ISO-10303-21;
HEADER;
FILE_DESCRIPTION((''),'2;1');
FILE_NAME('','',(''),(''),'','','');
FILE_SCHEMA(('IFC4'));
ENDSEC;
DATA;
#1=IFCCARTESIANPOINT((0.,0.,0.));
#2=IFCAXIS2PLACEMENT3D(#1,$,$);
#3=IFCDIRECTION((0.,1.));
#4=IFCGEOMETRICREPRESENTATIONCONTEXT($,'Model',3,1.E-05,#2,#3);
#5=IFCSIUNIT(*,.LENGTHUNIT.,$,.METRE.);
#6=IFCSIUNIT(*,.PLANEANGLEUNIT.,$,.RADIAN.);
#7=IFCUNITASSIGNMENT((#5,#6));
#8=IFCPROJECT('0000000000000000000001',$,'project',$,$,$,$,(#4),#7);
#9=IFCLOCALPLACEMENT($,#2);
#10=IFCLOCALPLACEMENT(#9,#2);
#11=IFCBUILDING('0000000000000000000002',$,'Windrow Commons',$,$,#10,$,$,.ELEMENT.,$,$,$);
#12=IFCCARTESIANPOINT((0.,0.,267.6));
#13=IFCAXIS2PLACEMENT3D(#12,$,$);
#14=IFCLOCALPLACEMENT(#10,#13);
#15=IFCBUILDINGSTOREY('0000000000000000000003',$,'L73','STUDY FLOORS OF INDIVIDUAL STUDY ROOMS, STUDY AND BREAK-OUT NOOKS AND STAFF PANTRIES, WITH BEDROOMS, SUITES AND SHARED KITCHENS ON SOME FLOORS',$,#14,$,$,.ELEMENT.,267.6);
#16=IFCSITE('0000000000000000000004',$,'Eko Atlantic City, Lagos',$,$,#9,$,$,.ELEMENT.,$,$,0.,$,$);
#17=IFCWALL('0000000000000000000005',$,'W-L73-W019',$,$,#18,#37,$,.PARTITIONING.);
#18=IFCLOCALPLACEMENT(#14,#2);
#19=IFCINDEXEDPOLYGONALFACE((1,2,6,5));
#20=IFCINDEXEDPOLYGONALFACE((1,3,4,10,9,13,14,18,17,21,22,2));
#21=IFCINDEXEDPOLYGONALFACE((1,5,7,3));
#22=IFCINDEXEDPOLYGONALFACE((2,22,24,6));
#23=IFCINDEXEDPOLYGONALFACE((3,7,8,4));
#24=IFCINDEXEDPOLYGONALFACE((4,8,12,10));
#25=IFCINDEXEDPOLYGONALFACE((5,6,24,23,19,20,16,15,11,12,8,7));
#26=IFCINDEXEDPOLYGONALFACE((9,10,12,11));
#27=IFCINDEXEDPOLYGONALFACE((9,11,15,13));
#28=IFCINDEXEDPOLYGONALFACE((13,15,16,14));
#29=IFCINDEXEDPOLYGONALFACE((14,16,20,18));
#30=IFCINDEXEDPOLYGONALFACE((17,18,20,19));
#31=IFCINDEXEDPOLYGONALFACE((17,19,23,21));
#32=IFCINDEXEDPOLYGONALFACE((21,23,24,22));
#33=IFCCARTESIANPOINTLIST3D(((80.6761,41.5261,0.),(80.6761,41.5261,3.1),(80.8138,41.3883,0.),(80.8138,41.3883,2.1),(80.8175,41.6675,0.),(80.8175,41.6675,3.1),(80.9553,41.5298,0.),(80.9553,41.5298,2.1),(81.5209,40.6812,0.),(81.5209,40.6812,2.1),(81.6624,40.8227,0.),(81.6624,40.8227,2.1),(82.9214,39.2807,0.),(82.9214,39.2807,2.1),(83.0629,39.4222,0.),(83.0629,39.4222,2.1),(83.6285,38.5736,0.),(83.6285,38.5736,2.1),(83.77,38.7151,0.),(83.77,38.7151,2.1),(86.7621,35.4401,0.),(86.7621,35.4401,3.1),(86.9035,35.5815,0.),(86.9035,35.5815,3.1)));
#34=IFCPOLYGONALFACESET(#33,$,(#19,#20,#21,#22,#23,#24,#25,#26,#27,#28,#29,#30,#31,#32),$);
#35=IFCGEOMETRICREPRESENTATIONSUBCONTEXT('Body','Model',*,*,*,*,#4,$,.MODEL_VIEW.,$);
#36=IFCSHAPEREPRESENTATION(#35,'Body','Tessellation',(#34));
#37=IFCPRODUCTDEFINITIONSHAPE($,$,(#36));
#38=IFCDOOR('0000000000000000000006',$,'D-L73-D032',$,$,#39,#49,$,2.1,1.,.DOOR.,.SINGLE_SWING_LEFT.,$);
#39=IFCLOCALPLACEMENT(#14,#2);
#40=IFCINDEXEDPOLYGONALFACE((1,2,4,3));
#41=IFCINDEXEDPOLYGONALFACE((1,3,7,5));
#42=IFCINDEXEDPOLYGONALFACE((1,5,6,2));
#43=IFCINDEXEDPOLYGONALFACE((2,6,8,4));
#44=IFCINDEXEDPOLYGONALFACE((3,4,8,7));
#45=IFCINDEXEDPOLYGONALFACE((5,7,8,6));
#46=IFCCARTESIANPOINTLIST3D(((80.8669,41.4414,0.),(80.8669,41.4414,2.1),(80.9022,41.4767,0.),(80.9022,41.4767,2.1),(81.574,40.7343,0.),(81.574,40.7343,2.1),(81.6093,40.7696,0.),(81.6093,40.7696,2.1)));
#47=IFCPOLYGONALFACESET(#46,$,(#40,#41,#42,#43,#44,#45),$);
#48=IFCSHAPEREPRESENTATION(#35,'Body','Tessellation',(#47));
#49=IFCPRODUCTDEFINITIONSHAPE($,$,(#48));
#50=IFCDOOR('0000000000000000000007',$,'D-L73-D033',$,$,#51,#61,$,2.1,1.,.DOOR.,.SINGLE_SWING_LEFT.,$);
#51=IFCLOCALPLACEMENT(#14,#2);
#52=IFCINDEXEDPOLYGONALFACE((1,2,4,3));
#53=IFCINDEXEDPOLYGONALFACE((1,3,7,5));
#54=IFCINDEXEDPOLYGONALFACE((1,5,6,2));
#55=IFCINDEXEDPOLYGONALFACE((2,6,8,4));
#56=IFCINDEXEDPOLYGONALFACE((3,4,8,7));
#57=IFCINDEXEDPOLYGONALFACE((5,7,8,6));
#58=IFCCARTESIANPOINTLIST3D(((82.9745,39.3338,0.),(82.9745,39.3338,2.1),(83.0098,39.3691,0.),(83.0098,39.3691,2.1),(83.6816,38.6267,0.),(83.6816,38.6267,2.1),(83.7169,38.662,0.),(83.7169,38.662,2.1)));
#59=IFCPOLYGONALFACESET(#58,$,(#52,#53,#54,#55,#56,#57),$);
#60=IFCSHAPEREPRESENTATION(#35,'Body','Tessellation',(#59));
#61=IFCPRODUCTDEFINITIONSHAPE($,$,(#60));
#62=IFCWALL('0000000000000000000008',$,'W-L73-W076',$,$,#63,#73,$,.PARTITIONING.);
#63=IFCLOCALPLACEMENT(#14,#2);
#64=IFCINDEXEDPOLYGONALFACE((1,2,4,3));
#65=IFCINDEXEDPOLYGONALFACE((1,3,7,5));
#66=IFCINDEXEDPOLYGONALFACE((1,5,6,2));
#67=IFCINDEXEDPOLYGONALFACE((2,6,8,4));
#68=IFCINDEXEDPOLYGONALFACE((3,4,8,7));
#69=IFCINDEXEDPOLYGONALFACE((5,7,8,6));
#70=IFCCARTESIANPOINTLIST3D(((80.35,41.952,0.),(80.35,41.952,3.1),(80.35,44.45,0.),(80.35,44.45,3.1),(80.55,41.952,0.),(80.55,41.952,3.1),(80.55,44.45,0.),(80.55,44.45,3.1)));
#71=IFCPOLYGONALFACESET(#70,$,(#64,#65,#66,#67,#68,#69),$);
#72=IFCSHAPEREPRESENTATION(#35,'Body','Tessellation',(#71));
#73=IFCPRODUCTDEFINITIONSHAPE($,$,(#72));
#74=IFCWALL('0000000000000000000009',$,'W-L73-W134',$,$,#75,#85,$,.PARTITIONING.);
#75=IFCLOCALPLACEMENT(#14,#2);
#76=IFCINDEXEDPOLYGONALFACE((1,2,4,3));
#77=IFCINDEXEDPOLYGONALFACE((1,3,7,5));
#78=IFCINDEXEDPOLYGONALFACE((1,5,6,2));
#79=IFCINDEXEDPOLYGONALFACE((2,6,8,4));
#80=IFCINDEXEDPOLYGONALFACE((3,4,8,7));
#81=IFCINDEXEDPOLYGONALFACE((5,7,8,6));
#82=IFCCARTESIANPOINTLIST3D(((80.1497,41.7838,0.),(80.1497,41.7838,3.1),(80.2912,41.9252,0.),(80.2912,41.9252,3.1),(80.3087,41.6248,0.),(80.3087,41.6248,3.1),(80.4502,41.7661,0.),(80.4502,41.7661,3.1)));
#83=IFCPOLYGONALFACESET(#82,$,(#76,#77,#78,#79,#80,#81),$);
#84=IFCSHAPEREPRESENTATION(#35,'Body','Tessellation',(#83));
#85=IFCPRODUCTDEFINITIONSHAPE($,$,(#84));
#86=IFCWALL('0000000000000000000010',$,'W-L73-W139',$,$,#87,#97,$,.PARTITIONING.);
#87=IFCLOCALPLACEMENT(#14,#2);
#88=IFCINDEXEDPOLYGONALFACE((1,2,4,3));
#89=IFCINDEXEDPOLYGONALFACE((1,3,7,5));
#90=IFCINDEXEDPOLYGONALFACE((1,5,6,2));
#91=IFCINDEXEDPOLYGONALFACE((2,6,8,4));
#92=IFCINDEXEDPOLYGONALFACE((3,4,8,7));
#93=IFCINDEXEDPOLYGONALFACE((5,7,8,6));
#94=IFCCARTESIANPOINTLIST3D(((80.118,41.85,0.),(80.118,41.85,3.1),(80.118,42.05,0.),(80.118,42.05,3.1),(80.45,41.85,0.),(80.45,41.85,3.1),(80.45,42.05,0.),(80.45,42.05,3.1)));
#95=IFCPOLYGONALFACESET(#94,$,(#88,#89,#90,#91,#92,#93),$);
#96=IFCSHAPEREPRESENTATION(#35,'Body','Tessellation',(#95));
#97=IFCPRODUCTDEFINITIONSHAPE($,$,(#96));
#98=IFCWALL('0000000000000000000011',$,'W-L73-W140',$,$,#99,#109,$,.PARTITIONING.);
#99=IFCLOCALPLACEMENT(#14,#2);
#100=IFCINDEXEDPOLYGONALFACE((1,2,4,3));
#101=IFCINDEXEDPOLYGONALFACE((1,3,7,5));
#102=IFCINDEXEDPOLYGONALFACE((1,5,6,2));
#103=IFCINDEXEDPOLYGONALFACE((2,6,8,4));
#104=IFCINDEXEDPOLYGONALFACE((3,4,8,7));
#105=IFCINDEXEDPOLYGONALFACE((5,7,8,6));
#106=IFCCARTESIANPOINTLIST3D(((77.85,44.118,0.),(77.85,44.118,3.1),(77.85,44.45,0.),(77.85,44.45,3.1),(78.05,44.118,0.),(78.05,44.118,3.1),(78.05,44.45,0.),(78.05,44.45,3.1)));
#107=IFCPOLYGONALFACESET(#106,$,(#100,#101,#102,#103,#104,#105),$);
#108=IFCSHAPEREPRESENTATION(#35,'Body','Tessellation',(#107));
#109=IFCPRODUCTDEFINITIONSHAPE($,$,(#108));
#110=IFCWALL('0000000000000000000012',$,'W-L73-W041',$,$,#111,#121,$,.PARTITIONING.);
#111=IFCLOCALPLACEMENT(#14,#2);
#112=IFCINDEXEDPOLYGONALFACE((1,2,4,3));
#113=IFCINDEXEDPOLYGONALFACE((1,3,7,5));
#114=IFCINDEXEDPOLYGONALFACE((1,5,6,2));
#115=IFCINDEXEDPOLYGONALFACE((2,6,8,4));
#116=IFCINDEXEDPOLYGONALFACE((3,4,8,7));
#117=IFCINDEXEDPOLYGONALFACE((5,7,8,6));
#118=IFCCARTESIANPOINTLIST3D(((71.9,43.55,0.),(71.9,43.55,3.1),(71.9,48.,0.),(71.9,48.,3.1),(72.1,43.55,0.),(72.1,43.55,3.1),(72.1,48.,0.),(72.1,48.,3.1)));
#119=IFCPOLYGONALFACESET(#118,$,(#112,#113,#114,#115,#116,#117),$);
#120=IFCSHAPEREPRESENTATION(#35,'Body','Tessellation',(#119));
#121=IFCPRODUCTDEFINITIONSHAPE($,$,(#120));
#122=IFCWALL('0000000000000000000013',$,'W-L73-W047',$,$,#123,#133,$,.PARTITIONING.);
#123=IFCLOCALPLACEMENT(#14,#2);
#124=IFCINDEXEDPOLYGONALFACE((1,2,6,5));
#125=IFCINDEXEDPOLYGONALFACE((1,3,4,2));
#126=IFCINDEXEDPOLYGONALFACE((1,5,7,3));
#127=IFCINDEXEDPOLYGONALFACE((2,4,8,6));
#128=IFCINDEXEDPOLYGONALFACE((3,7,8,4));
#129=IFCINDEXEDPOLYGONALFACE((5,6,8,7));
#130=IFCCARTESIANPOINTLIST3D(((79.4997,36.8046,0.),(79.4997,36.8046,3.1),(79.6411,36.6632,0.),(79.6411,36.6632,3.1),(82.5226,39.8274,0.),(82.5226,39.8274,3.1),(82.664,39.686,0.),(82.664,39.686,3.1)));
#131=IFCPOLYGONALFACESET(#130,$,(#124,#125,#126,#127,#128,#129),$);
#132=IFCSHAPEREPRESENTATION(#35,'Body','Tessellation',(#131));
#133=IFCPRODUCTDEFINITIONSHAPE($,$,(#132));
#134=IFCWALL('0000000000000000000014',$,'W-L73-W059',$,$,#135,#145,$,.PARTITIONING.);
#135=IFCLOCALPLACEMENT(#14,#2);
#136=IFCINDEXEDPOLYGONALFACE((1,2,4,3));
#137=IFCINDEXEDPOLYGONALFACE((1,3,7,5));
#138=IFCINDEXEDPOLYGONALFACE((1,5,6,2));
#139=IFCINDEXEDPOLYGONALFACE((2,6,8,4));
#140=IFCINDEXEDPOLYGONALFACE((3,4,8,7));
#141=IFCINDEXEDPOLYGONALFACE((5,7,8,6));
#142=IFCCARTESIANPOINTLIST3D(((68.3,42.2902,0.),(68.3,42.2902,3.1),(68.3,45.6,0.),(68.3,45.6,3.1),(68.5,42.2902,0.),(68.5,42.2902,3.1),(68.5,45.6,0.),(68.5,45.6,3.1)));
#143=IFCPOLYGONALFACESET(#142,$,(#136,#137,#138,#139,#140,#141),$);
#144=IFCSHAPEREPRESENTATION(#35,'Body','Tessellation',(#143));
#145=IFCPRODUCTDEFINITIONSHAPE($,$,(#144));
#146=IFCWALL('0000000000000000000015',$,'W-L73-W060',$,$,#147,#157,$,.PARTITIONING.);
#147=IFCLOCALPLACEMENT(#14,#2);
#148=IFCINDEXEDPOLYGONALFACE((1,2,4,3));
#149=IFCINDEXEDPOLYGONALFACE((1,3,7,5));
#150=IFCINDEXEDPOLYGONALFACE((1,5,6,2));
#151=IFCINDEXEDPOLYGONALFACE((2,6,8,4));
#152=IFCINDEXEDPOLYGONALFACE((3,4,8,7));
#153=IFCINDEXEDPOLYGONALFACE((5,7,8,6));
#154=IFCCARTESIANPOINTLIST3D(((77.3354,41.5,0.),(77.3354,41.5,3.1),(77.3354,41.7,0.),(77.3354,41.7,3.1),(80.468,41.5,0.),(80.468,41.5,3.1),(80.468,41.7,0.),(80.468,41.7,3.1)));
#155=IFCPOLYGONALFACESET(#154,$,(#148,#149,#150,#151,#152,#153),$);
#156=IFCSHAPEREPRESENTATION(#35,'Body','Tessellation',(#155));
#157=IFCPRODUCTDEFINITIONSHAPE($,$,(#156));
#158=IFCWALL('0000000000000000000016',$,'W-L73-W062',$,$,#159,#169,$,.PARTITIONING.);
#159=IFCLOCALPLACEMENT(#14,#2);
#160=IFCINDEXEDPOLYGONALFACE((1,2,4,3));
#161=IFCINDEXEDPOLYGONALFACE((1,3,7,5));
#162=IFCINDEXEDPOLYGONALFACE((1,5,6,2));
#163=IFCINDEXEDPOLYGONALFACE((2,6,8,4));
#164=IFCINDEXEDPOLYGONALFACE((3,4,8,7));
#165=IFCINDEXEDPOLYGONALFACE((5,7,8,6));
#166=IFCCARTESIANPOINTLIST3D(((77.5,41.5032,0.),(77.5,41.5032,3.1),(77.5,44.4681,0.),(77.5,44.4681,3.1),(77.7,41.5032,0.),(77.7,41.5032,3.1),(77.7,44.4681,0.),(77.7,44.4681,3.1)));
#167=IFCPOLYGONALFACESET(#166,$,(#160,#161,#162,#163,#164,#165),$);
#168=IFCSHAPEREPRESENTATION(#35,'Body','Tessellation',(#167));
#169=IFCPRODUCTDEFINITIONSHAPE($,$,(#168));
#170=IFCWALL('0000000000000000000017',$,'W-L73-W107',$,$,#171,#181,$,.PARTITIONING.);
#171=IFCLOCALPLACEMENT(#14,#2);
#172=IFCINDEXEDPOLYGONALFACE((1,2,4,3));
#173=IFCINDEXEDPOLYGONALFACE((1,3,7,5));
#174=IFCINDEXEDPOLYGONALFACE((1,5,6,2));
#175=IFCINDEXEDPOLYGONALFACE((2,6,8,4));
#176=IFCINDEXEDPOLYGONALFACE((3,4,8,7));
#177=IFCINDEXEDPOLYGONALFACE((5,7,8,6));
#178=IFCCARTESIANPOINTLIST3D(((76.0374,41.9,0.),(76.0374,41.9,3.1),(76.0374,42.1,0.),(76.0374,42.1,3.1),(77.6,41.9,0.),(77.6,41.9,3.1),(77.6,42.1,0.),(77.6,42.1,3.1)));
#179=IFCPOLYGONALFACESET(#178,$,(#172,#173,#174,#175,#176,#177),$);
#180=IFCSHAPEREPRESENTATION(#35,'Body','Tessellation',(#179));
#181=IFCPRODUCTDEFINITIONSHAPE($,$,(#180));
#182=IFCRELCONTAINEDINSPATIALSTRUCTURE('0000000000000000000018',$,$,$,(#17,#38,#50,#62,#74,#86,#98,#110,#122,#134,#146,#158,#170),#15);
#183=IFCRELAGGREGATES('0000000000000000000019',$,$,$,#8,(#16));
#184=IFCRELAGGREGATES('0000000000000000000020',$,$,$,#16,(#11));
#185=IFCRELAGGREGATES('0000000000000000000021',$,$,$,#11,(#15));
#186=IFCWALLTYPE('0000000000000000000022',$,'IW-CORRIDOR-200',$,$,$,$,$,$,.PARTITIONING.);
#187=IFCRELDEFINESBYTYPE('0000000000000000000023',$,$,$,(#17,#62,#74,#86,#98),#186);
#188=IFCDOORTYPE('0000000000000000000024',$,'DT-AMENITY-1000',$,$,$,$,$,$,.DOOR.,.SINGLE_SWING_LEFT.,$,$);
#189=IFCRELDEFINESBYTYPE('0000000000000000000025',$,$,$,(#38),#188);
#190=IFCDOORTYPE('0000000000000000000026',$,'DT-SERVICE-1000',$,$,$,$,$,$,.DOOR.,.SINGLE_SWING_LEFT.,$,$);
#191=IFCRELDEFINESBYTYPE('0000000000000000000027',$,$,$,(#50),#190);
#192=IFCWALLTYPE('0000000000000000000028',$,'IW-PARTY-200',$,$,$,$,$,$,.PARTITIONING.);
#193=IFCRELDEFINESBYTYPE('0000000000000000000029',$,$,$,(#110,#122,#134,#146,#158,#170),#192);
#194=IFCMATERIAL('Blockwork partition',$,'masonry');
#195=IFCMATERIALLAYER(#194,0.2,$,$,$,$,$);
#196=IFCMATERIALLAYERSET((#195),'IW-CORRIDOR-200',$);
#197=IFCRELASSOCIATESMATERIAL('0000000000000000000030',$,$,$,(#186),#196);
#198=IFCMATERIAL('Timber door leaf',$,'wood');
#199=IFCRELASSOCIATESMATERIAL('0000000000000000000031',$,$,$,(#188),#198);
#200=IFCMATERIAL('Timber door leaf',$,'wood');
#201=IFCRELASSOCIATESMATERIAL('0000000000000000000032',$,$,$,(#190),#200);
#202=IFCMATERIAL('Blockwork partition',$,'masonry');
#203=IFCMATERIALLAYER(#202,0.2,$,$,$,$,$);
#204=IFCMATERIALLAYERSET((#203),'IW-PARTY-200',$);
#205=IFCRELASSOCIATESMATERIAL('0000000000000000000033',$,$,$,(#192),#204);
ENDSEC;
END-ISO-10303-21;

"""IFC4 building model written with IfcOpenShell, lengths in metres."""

from ifc_helpers import new_model, si_unit, direction, frame, frame_2d, origin, place, context, subcontext, project, spatial, rectangle, extrude, material, layer, layer_set, type_object, element, fill, save


model = new_model("IFC4")

# Units and contexts
model_context = context("Model", 3, precision=1e-05, world=origin(), true_north=direction((0.0, 1.0)))
body_context = subcontext(model_context, "Body", "Model", "MODEL_VIEW")
ifc_project = project(units=[si_unit("LENGTHUNIT", "METRE"), si_unit("PLANEANGLEUNIT", "RADIAN")], contexts=[model_context])

# Site, building, storey
site_placement = place(None, origin())
site = spatial("IfcSite", under=ifc_project, at=site_placement, Name="Eko Atlantic City, Lagos", CompositionType="ELEMENT", RefElevation=0.0)
building_placement = place(site_placement, origin())
building = spatial("IfcBuilding", under=site, at=building_placement, Name="Windrow Commons", CompositionType="ELEMENT")
storey_placement = place(building_placement, frame((0.0, 0.0, 267.6)))
storey = spatial("IfcBuildingStorey", under=building, at=storey_placement, Name="L73", Description="STUDY FLOORS OF INDIVIDUAL STUDY ROOMS, STUDY AND BREAK-OUT NOOKS AND STAFF PANTRIES, WITH BEDROOMS, SUITES AND SHARED KITCHENS ON SOME FLOORS", CompositionType="ELEMENT", Elevation=267.6)

# Wall, openings, doors
ifc_material_1 = material(Name="Blockwork partition", Category="masonry")
ifc_layer_1 = layer(ifc_material_1, 0.2)
ifc_layer_set_1 = layer_set([ifc_layer_1], Name="IW-CORRIDOR-200")
wall_type_1 = type_object("IfcWallType", Name="IW-CORRIDOR-200", PredefinedType="PARTITIONING", material=ifc_layer_set_1)
wall_1_placement = place(storey_placement, frame((80.7468, 41.5968, 0.0), z_axis=(0.0, 0.0, 1.0), x_axis=(0.707107, -0.707107, 0.0)))
wall_1 = element("IfcWall", 1, at=wall_1_placement, inside=storey, type_object=wall_type_1, Name="W-L73-W019", PredefinedType="PARTITIONING", context=body_context, shape_type="SweptSolid", body=[
    extrude(rectangle(XDim=8.6069, YDim=0.2, at=frame_2d((4.3034, 0.0))), origin(), (0.0, 0.0, 1.0), 3.1),
])
opening_1_placement = place(wall_1_placement, frame((0.1948, 0.0, 0.0)))
opening_1 = element("IfcOpeningElement", 2, at=opening_1_placement, cuts=wall_1, PredefinedType="OPENING", context=body_context, shape_type="SweptSolid", body=[
    extrude(rectangle(XDim=1.0, YDim=2.1, at=frame_2d((0.5, 1.05))), frame((0.0, 0.11, 0.0), z_axis=(0.0, -1.0, 0.0), x_axis=(1.0, 0.0, 0.0)), (0.0, 0.0, 1.0), 0.22),
])
opening_2_placement = place(wall_1_placement, frame((3.1754, 0.0, 0.0)))
opening_2 = element("IfcOpeningElement", 3, at=opening_2_placement, cuts=wall_1, PredefinedType="OPENING", context=body_context, shape_type="SweptSolid", body=[
    extrude(rectangle(XDim=1.0, YDim=2.1, at=frame_2d((0.5, 1.05))), frame((0.0, 0.11, 0.0), z_axis=(0.0, -1.0, 0.0), x_axis=(1.0, 0.0, 0.0)), (0.0, 0.0, 1.0), 0.22),
])
ifc_material_2 = material(Name="Timber door leaf", Category="wood")
door_type_1 = type_object("IfcDoorType", Name="DT-AMENITY-1000", OperationType="SINGLE_SWING_LEFT", PredefinedType="DOOR", material=ifc_material_2)
door_1_placement = place(opening_1_placement, origin())
door_1 = element("IfcDoor", 4, at=door_1_placement, inside=storey, type_object=door_type_1, Name="D-L73-D032", OperationType="SINGLE_SWING_LEFT", OverallHeight=2.1, OverallWidth=1.0, PredefinedType="DOOR", context=body_context, shape_type="SweptSolid", body=[
    extrude(rectangle(XDim=1.0, YDim=2.1, at=frame_2d((0.5, 1.05))), frame((0.0, 0.025, 0.0), z_axis=(0.0, -1.0, 0.0), x_axis=(1.0, 0.0, 0.0)), (0.0, 0.0, 1.0), 0.05),
])
fill(opening_1, door_1)
ifc_material_3 = material(Name="Timber door leaf", Category="wood")
door_type_2 = type_object("IfcDoorType", Name="DT-SERVICE-1000", OperationType="SINGLE_SWING_LEFT", PredefinedType="DOOR", material=ifc_material_3)
door_2_placement = place(opening_2_placement, origin())
door_2 = element("IfcDoor", 5, at=door_2_placement, inside=storey, type_object=door_type_2, Name="D-L73-D033", OperationType="SINGLE_SWING_LEFT", OverallHeight=2.1, OverallWidth=1.0, PredefinedType="DOOR", context=body_context, shape_type="SweptSolid", body=[
    extrude(rectangle(XDim=1.0, YDim=2.1, at=frame_2d((0.5, 1.05))), frame((0.0, 0.025, 0.0), z_axis=(0.0, -1.0, 0.0), x_axis=(1.0, 0.0, 0.0)), (0.0, 0.0, 1.0), 0.05),
])
fill(opening_2, door_2)

# Walls
wall_2_placement = place(storey_placement, frame((80.45, 41.952, 0.0), z_axis=(0.0, 0.0, 1.0), x_axis=(0.0, 1.0, 0.0)))
element("IfcWall", 6, at=wall_2_placement, inside=storey, type_object=wall_type_1, Name="W-L73-W076", PredefinedType="PARTITIONING", context=body_context, shape_type="SweptSolid", body=[
    extrude(rectangle(XDim=2.498, YDim=0.2, at=frame_2d((1.249, 0.0))), origin(), (0.0, 0.0, 1.0), 3.1),
])
wall_3_placement = place(storey_placement, frame((80.2205, 41.8545, 0.0), z_axis=(0.0, 0.0, 1.0), x_axis=(0.706884, -0.707329, 0.0)))
element("IfcWall", 7, at=wall_3_placement, inside=storey, type_object=wall_type_1, Name="W-L73-W134", PredefinedType="PARTITIONING", context=body_context, shape_type="SweptSolid", body=[
    extrude(rectangle(XDim=0.2249, YDim=0.2, at=frame_2d((0.1124, 0.0))), origin(), (0.0, 0.0, 1.0), 3.1),
])
for number, where, z_axis, x_axis, name in (
    (8, (80.118, 41.95, 0.0), (0.0, 0.0, 1.0), (1.0, 0.0, 0.0), "W-L73-W139"),
    (9, (77.95, 44.118, 0.0), (0.0, 0.0, 1.0), (0.0, 1.0, 0.0), "W-L73-W140"),
):
    element("IfcWall", number, at=place(storey_placement, frame(where, z_axis=z_axis, x_axis=x_axis)), inside=storey, type_object=wall_type_1, Name=name, PredefinedType="PARTITIONING", context=body_context, shape_type="SweptSolid", body=[
        extrude(rectangle(XDim=0.332, YDim=0.2, at=frame_2d((0.166, 0.0))), origin(), (0.0, 0.0, 1.0), 3.1),
    ])
ifc_material_4 = material(Name="Blockwork partition", Category="masonry")
ifc_layer_2 = layer(ifc_material_4, 0.2)
ifc_layer_set_2 = layer_set([ifc_layer_2], Name="IW-PARTY-200")
wall_type_2 = type_object("IfcWallType", Name="IW-PARTY-200", PredefinedType="PARTITIONING", material=ifc_layer_set_2)
wall_4_placement = place(storey_placement, frame((72.0, 43.55, 0.0), z_axis=(0.0, 0.0, 1.0), x_axis=(0.0, 1.0, 0.0)))
element("IfcWall", 10, at=wall_4_placement, inside=storey, type_object=wall_type_2, Name="W-L73-W041", PredefinedType="PARTITIONING", context=body_context, shape_type="SweptSolid", body=[
    extrude(rectangle(XDim=4.45, YDim=0.2, at=frame_2d((2.225, 0.0))), origin(), (0.0, 0.0, 1.0), 3.1),
])
wall_5_placement = place(storey_placement, frame((79.5704, 36.7339, 0.0), z_axis=(0.0, 0.0, 1.0), x_axis=(0.707118, 0.707095, 0.0)))
element("IfcWall", 11, at=wall_5_placement, inside=storey, type_object=wall_type_2, Name="W-L73-W047", PredefinedType="PARTITIONING", context=body_context, shape_type="SweptSolid", body=[
    extrude(rectangle(XDim=4.275, YDim=0.2, at=frame_2d((2.1375, 0.0))), origin(), (0.0, 0.0, 1.0), 3.1),
])
wall_6_placement = place(storey_placement, frame((68.4, 42.2903, 0.0), z_axis=(0.0, 0.0, 1.0), x_axis=(0.0, 1.0, 0.0)))
element("IfcWall", 12, at=wall_6_placement, inside=storey, type_object=wall_type_2, Name="W-L73-W059", PredefinedType="PARTITIONING", context=body_context, shape_type="SweptSolid", body=[
    extrude(rectangle(XDim=3.3097, YDim=0.2, at=frame_2d((1.6548, 0.0))), origin(), (0.0, 0.0, 1.0), 3.1),
])
wall_7_placement = place(storey_placement, frame((77.3355, 41.6, 0.0), z_axis=(0.0, 0.0, 1.0), x_axis=(1.0, 0.0, 0.0)))
element("IfcWall", 13, at=wall_7_placement, inside=storey, type_object=wall_type_2, Name="W-L73-W060", PredefinedType="PARTITIONING", context=body_context, shape_type="SweptSolid", body=[
    extrude(rectangle(XDim=3.1325, YDim=0.2, at=frame_2d((1.5662, 0.0))), origin(), (0.0, 0.0, 1.0), 3.1),
])
wall_8_placement = place(storey_placement, frame((77.6, 41.5031, 0.0), z_axis=(0.0, 0.0, 1.0), x_axis=(0.0, 1.0, 0.0)))
element("IfcWall", 14, at=wall_8_placement, inside=storey, type_object=wall_type_2, Name="W-L73-W062", PredefinedType="PARTITIONING", context=body_context, shape_type="SweptSolid", body=[
    extrude(rectangle(XDim=2.9649, YDim=0.2, at=frame_2d((1.4825, 0.0))), origin(), (0.0, 0.0, 1.0), 3.1),
])
wall_9_placement = place(storey_placement, frame((76.0374, 42.0, 0.0), z_axis=(0.0, 0.0, 1.0), x_axis=(1.0, 0.0, 0.0)))
element("IfcWall", 15, at=wall_9_placement, inside=storey, type_object=wall_type_2, Name="W-L73-W107", PredefinedType="PARTITIONING", context=body_context, shape_type="SweptSolid", body=[
    extrude(rectangle(XDim=1.5626, YDim=0.2, at=frame_2d((0.7813, 0.0))), origin(), (0.0, 0.0, 1.0), 3.1),
])

save(model, "model.ifc")
